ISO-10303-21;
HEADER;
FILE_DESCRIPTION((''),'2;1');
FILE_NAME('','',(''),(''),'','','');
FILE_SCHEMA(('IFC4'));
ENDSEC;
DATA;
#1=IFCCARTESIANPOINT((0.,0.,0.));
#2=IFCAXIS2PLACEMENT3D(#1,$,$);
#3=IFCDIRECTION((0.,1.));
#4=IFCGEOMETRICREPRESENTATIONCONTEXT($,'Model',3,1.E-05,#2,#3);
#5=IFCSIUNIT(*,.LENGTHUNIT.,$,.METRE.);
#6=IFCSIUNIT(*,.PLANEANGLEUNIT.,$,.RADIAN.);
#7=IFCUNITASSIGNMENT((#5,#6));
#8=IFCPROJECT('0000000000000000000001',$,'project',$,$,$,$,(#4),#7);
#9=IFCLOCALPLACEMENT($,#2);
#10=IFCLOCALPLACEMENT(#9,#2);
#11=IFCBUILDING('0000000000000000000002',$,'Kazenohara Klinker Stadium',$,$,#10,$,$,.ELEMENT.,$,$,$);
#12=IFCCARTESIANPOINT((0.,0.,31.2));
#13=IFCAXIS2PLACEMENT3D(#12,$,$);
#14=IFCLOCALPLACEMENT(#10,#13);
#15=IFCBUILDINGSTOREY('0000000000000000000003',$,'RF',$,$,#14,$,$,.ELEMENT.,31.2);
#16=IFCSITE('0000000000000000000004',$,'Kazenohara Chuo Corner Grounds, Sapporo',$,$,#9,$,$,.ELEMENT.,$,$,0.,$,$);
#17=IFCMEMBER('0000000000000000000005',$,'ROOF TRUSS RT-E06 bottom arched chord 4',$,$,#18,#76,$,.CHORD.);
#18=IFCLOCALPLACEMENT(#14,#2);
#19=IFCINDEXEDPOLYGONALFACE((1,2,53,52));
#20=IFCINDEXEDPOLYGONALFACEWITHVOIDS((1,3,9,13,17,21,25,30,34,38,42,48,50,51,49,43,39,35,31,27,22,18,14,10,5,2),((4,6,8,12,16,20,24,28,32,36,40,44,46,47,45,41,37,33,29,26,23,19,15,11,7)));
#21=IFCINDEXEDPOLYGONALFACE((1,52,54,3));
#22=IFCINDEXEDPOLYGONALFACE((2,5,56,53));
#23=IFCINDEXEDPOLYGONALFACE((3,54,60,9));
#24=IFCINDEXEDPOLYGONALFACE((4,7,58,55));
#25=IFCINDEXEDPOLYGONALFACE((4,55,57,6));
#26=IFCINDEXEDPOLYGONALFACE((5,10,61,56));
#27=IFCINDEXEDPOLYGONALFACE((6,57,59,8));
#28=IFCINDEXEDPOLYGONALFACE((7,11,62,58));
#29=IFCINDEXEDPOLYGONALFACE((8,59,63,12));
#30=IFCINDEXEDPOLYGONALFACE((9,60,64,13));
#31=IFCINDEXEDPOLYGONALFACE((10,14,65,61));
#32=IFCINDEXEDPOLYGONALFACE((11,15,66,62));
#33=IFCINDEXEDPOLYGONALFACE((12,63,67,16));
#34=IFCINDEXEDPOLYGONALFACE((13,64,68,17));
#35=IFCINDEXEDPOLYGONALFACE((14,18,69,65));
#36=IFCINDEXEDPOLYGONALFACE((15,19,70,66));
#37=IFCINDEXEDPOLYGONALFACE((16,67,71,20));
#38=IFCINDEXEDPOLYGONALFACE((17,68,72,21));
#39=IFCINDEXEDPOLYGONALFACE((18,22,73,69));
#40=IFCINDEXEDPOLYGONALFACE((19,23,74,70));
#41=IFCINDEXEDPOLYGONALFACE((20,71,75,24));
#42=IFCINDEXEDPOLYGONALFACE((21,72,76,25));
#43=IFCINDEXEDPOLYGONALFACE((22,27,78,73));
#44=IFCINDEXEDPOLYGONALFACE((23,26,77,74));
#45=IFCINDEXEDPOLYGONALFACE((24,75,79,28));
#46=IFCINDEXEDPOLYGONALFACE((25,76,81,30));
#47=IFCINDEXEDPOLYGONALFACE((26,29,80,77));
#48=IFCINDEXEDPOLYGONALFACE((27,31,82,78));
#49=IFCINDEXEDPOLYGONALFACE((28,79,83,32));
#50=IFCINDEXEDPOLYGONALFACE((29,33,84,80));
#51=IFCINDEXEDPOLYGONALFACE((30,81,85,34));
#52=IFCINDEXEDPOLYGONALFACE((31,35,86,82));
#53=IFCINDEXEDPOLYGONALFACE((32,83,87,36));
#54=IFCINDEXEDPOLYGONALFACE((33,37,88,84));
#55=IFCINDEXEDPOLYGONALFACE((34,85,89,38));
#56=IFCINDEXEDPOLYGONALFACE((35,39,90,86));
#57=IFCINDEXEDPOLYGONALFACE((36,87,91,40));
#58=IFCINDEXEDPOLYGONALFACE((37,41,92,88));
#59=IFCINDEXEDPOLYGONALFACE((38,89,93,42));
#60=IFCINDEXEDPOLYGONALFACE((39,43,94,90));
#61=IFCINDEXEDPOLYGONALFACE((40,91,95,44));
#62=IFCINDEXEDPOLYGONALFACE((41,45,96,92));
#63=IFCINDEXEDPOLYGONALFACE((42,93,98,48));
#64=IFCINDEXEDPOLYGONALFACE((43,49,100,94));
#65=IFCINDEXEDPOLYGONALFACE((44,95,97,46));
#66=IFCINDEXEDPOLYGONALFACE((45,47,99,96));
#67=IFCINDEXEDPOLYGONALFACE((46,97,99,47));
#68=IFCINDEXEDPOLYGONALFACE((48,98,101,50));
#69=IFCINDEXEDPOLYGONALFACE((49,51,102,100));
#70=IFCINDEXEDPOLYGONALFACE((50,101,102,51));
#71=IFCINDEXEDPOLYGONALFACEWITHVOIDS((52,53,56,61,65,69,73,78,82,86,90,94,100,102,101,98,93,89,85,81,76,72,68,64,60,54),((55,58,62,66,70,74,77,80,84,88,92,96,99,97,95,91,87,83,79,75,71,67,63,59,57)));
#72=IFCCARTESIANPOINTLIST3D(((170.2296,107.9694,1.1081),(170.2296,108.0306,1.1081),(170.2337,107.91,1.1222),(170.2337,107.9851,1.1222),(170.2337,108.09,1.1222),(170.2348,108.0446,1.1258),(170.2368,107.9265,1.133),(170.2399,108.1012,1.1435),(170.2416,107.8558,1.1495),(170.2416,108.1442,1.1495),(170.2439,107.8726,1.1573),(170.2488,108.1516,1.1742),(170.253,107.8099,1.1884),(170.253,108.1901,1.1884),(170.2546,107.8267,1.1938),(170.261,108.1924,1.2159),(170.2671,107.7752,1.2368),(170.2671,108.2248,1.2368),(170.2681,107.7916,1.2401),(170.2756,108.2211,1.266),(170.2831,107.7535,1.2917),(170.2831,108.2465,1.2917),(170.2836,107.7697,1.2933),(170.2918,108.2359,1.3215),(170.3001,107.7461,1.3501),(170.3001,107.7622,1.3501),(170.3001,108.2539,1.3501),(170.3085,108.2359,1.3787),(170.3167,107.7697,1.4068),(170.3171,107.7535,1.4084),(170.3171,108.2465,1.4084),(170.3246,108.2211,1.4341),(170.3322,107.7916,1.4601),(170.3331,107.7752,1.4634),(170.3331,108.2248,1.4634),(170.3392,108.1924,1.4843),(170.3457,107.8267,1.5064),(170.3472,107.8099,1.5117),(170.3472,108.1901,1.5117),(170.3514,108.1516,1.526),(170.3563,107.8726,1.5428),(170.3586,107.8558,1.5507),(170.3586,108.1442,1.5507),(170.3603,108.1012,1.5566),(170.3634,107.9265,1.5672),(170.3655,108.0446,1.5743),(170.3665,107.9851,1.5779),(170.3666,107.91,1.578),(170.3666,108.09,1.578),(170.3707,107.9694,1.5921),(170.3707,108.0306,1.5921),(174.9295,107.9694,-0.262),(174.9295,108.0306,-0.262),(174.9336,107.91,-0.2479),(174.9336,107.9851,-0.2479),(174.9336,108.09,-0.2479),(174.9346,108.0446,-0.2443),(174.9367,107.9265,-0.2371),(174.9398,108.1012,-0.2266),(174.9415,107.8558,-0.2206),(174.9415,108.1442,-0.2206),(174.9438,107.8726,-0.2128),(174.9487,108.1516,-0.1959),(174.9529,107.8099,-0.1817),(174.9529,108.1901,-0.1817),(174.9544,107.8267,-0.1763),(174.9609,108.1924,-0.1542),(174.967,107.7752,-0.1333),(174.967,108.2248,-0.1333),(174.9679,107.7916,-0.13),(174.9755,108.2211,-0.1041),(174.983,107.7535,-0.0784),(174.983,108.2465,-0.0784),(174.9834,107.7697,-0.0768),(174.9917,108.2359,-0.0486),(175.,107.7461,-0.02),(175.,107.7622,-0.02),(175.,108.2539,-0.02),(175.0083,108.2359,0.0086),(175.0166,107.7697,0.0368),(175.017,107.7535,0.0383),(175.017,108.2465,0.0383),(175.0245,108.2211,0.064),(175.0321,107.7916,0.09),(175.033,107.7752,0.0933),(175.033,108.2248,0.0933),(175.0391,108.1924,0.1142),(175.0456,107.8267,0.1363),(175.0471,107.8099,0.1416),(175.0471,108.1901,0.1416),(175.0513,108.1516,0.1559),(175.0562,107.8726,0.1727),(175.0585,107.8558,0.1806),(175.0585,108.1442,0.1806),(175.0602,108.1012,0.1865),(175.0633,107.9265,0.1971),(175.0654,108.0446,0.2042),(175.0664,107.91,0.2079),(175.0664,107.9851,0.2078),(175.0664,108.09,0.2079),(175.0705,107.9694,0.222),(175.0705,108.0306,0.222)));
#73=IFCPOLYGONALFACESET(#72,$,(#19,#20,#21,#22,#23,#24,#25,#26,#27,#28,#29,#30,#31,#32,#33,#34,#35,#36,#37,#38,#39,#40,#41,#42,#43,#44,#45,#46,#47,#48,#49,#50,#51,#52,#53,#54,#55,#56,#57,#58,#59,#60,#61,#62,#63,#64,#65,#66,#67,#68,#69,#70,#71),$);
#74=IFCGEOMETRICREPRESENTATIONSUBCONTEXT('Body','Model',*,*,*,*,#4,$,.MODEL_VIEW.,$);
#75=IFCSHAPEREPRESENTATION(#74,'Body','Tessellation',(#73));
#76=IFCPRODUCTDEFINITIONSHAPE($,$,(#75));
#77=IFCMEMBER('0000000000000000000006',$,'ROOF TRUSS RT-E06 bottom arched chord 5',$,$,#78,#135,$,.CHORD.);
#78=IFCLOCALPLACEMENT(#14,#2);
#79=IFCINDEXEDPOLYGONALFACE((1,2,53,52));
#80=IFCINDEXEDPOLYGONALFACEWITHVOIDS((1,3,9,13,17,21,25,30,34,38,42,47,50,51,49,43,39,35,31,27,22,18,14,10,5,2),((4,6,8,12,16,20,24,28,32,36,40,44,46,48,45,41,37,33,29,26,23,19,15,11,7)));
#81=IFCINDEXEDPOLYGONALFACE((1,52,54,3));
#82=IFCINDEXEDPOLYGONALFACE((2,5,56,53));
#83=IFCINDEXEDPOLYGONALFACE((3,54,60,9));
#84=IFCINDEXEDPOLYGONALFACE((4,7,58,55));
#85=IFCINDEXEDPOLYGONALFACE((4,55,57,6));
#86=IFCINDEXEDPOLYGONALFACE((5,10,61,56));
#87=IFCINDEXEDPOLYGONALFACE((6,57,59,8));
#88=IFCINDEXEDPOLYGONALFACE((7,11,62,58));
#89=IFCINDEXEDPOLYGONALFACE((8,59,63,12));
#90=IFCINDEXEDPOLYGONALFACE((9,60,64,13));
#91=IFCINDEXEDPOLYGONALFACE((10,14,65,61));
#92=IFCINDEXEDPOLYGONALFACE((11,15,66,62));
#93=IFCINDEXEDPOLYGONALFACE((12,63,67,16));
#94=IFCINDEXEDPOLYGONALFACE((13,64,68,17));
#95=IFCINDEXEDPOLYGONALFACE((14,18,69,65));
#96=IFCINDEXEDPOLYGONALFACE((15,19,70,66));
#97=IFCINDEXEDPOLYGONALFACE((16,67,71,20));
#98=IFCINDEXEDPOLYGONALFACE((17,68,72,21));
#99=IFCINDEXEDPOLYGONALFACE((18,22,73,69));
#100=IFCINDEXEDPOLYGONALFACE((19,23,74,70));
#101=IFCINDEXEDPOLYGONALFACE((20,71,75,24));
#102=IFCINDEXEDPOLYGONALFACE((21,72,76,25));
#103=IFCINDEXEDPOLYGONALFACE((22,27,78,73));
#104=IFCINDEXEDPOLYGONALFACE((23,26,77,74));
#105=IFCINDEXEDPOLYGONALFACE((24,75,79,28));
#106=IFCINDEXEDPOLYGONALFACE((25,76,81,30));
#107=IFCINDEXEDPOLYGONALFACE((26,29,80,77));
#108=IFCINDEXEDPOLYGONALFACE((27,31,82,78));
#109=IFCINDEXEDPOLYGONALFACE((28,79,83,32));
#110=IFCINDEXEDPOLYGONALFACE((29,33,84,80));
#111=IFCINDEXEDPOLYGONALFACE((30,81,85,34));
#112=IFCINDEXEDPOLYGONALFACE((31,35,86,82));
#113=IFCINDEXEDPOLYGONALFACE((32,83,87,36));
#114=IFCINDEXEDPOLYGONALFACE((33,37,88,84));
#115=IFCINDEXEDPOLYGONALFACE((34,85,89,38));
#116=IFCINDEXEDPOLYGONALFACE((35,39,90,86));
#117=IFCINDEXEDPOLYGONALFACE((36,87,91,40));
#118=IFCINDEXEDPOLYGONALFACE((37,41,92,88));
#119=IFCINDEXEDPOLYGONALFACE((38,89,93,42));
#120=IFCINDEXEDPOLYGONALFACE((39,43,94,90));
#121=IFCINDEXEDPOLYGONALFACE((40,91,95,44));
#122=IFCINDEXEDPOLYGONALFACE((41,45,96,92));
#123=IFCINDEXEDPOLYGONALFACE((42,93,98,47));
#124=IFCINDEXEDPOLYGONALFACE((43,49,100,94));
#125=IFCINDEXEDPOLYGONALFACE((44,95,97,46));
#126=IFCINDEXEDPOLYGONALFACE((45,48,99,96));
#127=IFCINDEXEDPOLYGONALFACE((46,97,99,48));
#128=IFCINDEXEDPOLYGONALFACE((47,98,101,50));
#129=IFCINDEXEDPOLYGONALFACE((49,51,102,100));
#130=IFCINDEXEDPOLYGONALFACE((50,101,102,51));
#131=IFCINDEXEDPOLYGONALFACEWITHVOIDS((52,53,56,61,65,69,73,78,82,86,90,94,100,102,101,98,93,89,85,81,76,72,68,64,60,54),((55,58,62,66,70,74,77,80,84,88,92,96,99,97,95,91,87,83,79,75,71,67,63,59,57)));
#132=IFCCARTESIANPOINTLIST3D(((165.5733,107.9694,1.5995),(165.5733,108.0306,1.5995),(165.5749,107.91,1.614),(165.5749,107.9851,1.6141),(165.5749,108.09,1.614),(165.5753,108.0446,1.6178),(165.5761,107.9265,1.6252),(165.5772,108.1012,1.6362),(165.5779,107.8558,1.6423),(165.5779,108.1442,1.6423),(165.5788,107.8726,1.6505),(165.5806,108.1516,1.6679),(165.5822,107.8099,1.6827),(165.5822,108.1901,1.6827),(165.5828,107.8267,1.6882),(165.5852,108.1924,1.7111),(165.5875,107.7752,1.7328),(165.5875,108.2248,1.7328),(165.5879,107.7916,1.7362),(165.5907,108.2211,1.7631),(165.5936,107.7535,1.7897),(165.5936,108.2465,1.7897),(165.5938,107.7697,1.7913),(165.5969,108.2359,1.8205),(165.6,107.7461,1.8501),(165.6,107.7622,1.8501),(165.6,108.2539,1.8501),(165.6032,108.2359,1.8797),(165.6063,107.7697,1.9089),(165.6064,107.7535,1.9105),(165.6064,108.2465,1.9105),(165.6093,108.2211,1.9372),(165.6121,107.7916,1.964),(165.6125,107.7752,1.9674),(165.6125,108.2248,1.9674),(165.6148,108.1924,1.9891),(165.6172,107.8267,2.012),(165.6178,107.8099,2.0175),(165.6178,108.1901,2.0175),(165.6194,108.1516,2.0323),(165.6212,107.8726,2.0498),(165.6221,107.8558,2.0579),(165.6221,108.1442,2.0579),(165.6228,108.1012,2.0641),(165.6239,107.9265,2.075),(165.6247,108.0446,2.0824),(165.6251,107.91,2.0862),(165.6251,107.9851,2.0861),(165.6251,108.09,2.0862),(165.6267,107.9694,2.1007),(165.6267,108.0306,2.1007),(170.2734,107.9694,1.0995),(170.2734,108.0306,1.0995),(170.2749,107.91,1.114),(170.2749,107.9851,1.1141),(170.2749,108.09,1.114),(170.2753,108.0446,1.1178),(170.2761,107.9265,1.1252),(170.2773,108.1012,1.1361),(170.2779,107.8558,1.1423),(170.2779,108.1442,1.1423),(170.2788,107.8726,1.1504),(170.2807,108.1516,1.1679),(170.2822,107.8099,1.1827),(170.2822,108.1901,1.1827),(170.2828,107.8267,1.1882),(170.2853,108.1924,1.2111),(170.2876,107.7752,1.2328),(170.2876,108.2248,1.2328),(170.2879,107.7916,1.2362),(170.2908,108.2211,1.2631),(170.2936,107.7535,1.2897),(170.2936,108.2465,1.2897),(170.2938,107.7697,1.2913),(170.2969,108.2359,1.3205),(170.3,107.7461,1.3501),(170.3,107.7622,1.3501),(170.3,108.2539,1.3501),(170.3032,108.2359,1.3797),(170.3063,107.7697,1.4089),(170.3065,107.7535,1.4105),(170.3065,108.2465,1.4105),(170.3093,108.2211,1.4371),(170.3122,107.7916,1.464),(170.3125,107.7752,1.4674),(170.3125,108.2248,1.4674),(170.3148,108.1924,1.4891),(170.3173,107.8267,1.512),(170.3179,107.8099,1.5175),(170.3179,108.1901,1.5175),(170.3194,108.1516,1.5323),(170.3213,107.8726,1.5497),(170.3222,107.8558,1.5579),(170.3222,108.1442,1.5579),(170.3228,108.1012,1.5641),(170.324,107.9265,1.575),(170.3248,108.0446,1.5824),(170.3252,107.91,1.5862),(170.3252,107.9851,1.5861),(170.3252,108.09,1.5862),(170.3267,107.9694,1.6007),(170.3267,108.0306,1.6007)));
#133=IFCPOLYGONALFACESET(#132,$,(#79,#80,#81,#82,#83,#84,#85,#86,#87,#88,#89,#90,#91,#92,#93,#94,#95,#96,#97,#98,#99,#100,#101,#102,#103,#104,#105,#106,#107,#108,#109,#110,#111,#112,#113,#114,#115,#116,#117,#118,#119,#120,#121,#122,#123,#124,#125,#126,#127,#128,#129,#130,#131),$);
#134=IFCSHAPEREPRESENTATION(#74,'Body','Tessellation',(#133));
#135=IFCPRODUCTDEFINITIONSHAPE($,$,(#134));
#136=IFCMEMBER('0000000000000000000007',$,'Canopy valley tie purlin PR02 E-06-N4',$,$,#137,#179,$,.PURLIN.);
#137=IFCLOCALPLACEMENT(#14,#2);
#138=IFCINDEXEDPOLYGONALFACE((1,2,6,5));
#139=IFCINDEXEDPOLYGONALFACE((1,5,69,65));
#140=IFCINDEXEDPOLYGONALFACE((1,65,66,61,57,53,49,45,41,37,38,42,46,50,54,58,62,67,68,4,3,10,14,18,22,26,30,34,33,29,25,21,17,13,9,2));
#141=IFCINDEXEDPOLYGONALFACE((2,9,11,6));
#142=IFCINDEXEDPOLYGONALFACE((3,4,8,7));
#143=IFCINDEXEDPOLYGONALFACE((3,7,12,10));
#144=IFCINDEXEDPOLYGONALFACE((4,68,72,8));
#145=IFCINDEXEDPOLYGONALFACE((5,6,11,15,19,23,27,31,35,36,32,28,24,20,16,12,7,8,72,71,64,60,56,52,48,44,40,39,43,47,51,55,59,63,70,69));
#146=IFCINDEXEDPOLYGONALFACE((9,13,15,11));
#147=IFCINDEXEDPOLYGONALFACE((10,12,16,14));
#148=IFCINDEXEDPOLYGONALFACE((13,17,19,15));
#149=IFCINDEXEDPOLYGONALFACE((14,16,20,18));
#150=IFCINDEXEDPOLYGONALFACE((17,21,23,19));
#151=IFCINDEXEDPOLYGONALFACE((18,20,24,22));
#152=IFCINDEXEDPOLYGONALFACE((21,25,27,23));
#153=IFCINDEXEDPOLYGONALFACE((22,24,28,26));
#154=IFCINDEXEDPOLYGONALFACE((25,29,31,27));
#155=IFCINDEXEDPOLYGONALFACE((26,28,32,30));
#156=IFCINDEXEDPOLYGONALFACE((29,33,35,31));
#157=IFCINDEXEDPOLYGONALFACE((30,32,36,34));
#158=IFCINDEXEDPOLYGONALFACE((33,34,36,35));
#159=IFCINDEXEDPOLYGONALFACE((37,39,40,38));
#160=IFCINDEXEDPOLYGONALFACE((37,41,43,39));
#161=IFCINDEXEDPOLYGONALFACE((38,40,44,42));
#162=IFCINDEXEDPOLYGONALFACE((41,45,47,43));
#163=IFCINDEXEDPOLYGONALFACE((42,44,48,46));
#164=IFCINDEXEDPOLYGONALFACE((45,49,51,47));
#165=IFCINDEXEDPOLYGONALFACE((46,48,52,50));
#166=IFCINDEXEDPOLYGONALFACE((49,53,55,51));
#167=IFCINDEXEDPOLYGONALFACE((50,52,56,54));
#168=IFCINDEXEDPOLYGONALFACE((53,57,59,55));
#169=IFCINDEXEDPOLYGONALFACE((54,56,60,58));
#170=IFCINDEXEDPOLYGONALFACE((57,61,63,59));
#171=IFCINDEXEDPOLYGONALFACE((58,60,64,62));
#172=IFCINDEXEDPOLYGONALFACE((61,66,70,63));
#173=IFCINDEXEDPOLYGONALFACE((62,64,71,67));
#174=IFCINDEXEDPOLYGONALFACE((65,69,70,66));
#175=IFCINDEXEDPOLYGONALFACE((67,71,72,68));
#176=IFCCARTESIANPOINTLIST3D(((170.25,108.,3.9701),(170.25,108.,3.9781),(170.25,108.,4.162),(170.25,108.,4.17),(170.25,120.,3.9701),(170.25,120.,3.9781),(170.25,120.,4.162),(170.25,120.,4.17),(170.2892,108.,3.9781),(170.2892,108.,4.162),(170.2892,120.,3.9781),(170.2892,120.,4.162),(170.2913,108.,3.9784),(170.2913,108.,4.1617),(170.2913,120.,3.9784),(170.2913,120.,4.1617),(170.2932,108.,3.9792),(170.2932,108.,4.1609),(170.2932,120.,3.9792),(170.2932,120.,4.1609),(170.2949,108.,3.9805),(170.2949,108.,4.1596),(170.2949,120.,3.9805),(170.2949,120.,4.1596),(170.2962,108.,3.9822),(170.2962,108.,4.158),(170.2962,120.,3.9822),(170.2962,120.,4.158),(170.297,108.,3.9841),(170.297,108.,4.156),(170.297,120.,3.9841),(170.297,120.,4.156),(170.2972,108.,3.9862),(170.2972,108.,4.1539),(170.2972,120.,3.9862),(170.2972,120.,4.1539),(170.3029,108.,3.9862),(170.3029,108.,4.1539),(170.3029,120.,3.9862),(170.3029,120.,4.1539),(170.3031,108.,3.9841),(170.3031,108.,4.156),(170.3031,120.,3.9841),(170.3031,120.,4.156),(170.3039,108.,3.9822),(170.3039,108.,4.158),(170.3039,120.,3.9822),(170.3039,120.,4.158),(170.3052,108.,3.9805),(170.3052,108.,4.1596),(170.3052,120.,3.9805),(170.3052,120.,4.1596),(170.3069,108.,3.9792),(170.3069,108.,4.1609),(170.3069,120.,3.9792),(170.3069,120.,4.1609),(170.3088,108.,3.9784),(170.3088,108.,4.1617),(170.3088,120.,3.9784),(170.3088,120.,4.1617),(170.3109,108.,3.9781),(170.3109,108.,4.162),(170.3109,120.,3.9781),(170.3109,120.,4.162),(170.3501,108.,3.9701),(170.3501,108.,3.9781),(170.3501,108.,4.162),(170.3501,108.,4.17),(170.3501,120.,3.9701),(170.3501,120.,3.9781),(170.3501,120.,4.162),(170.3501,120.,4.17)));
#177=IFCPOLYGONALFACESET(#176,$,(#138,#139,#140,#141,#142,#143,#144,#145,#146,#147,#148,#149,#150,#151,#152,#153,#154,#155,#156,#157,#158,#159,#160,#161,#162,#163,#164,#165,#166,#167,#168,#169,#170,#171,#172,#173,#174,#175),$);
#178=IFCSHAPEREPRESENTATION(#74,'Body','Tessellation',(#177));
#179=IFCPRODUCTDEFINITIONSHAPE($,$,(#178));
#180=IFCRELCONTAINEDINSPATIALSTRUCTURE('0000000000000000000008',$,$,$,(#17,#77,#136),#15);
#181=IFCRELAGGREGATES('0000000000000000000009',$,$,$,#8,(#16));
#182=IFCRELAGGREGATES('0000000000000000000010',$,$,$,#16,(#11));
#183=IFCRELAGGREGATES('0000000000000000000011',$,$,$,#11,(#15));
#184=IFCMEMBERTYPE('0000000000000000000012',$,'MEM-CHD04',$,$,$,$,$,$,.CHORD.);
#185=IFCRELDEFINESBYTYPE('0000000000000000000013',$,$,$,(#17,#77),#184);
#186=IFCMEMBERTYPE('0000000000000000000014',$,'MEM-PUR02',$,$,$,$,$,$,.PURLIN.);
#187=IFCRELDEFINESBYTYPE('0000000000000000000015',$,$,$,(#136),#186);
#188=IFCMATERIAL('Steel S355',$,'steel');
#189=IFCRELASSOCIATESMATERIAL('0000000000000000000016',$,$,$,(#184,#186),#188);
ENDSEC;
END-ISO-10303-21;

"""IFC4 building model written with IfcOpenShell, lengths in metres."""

from ifc_helpers import new_model, si_unit, direction, frame, origin, origin_2d, place, context, subcontext, project, spatial, hollow_circle, i_section, extrude, material, material_profile, profile_set, type_object, element, save


model = new_model("IFC4")

# Units and contexts
model_context = context("Model", 3, precision=1e-05, world=origin(), true_north=direction((0.0, 1.0)))
body_context = subcontext(model_context, "Body", "Model", "MODEL_VIEW")
ifc_project = project(units=[si_unit("LENGTHUNIT", "METRE"), si_unit("PLANEANGLEUNIT", "RADIAN")], contexts=[model_context])

# Site, building, storey
site_placement = place(None, origin())
site = spatial("IfcSite", under=ifc_project, at=site_placement, Name="Kazenohara Chuo Corner Grounds, Sapporo", CompositionType="ELEMENT", RefElevation=0.0)
building_placement = place(site_placement, origin())
building = spatial("IfcBuilding", under=site, at=building_placement, Name="Kazenohara Klinker Stadium", CompositionType="ELEMENT")
storey_placement = place(building_placement, frame((0.0, 0.0, 31.2)))
storey = spatial("IfcBuildingStorey", under=building, at=storey_placement, Name="RF", CompositionType="ELEMENT", Elevation=31.2)

# Members
ifc_material_1 = material(Name="Steel S355", Category="steel")
ifc_material_profile_1 = material_profile(ifc_material_1, hollow_circle(Radius=0.2539, WallThickness=0.0161, at=origin_2d()), Name="CHS-508.0x16")
ifc_profile_set_1 = profile_set([ifc_material_profile_1], Name="Steel S355")
member_type_1 = type_object("IfcMemberType", Name="MEM-CHD04", PredefinedType="CHORD", material=ifc_profile_set_1)
member_1_placement = place(storey_placement, frame((175.0, 108.0, -0.02), z_axis=(-0.960039, 0.0, 0.279868), x_axis=(0.0, -1.0, 0.0)))
element("IfcMember", 1, at=member_1_placement, inside=storey, type_object=member_type_1, Name="ROOF TRUSS RT-E06 bottom arched chord 4", PredefinedType="CHORD", context=body_context, shape_type="SweptSolid", body=[
    extrude(hollow_circle(Radius=0.2539, WallThickness=0.0161, at=origin_2d()), origin(), (0.0, 0.0, 1.0), 4.8955),
])
member_2_placement = place(storey_placement, frame((170.3, 108.0, 1.3501), z_axis=(-0.994389, 0.0, 0.105787), x_axis=(0.0, -1.0, 0.0)))
element("IfcMember", 2, at=member_2_placement, inside=storey, type_object=member_type_1, Name="ROOF TRUSS RT-E06 bottom arched chord 5", PredefinedType="CHORD", context=body_context, shape_type="SweptSolid", body=[
    extrude(hollow_circle(Radius=0.2539, WallThickness=0.0161, at=origin_2d()), origin(), (0.0, 0.0, 1.0), 4.7266),
])
ifc_material_profile_2 = material_profile(ifc_material_1, i_section(OverallWidth=0.1001, OverallDepth=0.2, WebThickness=0.0056, FlangeThickness=0.0081, FilletRadius=0.0081, at=origin_2d()), Name="H-200x100x5.5x8")
ifc_profile_set_2 = profile_set([ifc_material_profile_2], Name="Steel S355")
member_type_2 = type_object("IfcMemberType", Name="MEM-PUR02", PredefinedType="PURLIN", material=ifc_profile_set_2)
member_3_placement = place(storey_placement, frame((170.3, 108.0, 4.0701), z_axis=(0.0, 1.0, 0.0), x_axis=(-1.0, 0.0, 0.0)))
element("IfcMember", 3, at=member_3_placement, inside=storey, type_object=member_type_2, Name="Canopy valley tie purlin PR02 E-06-N4", PredefinedType="PURLIN", context=body_context, shape_type="SweptSolid", body=[
    extrude(i_section(OverallWidth=0.1001, OverallDepth=0.2, WebThickness=0.0056, FlangeThickness=0.0081, FilletRadius=0.0081, at=origin_2d()), origin(), (0.0, 0.0, 1.0), 12.0),
])

save(model, "model.ifc")
